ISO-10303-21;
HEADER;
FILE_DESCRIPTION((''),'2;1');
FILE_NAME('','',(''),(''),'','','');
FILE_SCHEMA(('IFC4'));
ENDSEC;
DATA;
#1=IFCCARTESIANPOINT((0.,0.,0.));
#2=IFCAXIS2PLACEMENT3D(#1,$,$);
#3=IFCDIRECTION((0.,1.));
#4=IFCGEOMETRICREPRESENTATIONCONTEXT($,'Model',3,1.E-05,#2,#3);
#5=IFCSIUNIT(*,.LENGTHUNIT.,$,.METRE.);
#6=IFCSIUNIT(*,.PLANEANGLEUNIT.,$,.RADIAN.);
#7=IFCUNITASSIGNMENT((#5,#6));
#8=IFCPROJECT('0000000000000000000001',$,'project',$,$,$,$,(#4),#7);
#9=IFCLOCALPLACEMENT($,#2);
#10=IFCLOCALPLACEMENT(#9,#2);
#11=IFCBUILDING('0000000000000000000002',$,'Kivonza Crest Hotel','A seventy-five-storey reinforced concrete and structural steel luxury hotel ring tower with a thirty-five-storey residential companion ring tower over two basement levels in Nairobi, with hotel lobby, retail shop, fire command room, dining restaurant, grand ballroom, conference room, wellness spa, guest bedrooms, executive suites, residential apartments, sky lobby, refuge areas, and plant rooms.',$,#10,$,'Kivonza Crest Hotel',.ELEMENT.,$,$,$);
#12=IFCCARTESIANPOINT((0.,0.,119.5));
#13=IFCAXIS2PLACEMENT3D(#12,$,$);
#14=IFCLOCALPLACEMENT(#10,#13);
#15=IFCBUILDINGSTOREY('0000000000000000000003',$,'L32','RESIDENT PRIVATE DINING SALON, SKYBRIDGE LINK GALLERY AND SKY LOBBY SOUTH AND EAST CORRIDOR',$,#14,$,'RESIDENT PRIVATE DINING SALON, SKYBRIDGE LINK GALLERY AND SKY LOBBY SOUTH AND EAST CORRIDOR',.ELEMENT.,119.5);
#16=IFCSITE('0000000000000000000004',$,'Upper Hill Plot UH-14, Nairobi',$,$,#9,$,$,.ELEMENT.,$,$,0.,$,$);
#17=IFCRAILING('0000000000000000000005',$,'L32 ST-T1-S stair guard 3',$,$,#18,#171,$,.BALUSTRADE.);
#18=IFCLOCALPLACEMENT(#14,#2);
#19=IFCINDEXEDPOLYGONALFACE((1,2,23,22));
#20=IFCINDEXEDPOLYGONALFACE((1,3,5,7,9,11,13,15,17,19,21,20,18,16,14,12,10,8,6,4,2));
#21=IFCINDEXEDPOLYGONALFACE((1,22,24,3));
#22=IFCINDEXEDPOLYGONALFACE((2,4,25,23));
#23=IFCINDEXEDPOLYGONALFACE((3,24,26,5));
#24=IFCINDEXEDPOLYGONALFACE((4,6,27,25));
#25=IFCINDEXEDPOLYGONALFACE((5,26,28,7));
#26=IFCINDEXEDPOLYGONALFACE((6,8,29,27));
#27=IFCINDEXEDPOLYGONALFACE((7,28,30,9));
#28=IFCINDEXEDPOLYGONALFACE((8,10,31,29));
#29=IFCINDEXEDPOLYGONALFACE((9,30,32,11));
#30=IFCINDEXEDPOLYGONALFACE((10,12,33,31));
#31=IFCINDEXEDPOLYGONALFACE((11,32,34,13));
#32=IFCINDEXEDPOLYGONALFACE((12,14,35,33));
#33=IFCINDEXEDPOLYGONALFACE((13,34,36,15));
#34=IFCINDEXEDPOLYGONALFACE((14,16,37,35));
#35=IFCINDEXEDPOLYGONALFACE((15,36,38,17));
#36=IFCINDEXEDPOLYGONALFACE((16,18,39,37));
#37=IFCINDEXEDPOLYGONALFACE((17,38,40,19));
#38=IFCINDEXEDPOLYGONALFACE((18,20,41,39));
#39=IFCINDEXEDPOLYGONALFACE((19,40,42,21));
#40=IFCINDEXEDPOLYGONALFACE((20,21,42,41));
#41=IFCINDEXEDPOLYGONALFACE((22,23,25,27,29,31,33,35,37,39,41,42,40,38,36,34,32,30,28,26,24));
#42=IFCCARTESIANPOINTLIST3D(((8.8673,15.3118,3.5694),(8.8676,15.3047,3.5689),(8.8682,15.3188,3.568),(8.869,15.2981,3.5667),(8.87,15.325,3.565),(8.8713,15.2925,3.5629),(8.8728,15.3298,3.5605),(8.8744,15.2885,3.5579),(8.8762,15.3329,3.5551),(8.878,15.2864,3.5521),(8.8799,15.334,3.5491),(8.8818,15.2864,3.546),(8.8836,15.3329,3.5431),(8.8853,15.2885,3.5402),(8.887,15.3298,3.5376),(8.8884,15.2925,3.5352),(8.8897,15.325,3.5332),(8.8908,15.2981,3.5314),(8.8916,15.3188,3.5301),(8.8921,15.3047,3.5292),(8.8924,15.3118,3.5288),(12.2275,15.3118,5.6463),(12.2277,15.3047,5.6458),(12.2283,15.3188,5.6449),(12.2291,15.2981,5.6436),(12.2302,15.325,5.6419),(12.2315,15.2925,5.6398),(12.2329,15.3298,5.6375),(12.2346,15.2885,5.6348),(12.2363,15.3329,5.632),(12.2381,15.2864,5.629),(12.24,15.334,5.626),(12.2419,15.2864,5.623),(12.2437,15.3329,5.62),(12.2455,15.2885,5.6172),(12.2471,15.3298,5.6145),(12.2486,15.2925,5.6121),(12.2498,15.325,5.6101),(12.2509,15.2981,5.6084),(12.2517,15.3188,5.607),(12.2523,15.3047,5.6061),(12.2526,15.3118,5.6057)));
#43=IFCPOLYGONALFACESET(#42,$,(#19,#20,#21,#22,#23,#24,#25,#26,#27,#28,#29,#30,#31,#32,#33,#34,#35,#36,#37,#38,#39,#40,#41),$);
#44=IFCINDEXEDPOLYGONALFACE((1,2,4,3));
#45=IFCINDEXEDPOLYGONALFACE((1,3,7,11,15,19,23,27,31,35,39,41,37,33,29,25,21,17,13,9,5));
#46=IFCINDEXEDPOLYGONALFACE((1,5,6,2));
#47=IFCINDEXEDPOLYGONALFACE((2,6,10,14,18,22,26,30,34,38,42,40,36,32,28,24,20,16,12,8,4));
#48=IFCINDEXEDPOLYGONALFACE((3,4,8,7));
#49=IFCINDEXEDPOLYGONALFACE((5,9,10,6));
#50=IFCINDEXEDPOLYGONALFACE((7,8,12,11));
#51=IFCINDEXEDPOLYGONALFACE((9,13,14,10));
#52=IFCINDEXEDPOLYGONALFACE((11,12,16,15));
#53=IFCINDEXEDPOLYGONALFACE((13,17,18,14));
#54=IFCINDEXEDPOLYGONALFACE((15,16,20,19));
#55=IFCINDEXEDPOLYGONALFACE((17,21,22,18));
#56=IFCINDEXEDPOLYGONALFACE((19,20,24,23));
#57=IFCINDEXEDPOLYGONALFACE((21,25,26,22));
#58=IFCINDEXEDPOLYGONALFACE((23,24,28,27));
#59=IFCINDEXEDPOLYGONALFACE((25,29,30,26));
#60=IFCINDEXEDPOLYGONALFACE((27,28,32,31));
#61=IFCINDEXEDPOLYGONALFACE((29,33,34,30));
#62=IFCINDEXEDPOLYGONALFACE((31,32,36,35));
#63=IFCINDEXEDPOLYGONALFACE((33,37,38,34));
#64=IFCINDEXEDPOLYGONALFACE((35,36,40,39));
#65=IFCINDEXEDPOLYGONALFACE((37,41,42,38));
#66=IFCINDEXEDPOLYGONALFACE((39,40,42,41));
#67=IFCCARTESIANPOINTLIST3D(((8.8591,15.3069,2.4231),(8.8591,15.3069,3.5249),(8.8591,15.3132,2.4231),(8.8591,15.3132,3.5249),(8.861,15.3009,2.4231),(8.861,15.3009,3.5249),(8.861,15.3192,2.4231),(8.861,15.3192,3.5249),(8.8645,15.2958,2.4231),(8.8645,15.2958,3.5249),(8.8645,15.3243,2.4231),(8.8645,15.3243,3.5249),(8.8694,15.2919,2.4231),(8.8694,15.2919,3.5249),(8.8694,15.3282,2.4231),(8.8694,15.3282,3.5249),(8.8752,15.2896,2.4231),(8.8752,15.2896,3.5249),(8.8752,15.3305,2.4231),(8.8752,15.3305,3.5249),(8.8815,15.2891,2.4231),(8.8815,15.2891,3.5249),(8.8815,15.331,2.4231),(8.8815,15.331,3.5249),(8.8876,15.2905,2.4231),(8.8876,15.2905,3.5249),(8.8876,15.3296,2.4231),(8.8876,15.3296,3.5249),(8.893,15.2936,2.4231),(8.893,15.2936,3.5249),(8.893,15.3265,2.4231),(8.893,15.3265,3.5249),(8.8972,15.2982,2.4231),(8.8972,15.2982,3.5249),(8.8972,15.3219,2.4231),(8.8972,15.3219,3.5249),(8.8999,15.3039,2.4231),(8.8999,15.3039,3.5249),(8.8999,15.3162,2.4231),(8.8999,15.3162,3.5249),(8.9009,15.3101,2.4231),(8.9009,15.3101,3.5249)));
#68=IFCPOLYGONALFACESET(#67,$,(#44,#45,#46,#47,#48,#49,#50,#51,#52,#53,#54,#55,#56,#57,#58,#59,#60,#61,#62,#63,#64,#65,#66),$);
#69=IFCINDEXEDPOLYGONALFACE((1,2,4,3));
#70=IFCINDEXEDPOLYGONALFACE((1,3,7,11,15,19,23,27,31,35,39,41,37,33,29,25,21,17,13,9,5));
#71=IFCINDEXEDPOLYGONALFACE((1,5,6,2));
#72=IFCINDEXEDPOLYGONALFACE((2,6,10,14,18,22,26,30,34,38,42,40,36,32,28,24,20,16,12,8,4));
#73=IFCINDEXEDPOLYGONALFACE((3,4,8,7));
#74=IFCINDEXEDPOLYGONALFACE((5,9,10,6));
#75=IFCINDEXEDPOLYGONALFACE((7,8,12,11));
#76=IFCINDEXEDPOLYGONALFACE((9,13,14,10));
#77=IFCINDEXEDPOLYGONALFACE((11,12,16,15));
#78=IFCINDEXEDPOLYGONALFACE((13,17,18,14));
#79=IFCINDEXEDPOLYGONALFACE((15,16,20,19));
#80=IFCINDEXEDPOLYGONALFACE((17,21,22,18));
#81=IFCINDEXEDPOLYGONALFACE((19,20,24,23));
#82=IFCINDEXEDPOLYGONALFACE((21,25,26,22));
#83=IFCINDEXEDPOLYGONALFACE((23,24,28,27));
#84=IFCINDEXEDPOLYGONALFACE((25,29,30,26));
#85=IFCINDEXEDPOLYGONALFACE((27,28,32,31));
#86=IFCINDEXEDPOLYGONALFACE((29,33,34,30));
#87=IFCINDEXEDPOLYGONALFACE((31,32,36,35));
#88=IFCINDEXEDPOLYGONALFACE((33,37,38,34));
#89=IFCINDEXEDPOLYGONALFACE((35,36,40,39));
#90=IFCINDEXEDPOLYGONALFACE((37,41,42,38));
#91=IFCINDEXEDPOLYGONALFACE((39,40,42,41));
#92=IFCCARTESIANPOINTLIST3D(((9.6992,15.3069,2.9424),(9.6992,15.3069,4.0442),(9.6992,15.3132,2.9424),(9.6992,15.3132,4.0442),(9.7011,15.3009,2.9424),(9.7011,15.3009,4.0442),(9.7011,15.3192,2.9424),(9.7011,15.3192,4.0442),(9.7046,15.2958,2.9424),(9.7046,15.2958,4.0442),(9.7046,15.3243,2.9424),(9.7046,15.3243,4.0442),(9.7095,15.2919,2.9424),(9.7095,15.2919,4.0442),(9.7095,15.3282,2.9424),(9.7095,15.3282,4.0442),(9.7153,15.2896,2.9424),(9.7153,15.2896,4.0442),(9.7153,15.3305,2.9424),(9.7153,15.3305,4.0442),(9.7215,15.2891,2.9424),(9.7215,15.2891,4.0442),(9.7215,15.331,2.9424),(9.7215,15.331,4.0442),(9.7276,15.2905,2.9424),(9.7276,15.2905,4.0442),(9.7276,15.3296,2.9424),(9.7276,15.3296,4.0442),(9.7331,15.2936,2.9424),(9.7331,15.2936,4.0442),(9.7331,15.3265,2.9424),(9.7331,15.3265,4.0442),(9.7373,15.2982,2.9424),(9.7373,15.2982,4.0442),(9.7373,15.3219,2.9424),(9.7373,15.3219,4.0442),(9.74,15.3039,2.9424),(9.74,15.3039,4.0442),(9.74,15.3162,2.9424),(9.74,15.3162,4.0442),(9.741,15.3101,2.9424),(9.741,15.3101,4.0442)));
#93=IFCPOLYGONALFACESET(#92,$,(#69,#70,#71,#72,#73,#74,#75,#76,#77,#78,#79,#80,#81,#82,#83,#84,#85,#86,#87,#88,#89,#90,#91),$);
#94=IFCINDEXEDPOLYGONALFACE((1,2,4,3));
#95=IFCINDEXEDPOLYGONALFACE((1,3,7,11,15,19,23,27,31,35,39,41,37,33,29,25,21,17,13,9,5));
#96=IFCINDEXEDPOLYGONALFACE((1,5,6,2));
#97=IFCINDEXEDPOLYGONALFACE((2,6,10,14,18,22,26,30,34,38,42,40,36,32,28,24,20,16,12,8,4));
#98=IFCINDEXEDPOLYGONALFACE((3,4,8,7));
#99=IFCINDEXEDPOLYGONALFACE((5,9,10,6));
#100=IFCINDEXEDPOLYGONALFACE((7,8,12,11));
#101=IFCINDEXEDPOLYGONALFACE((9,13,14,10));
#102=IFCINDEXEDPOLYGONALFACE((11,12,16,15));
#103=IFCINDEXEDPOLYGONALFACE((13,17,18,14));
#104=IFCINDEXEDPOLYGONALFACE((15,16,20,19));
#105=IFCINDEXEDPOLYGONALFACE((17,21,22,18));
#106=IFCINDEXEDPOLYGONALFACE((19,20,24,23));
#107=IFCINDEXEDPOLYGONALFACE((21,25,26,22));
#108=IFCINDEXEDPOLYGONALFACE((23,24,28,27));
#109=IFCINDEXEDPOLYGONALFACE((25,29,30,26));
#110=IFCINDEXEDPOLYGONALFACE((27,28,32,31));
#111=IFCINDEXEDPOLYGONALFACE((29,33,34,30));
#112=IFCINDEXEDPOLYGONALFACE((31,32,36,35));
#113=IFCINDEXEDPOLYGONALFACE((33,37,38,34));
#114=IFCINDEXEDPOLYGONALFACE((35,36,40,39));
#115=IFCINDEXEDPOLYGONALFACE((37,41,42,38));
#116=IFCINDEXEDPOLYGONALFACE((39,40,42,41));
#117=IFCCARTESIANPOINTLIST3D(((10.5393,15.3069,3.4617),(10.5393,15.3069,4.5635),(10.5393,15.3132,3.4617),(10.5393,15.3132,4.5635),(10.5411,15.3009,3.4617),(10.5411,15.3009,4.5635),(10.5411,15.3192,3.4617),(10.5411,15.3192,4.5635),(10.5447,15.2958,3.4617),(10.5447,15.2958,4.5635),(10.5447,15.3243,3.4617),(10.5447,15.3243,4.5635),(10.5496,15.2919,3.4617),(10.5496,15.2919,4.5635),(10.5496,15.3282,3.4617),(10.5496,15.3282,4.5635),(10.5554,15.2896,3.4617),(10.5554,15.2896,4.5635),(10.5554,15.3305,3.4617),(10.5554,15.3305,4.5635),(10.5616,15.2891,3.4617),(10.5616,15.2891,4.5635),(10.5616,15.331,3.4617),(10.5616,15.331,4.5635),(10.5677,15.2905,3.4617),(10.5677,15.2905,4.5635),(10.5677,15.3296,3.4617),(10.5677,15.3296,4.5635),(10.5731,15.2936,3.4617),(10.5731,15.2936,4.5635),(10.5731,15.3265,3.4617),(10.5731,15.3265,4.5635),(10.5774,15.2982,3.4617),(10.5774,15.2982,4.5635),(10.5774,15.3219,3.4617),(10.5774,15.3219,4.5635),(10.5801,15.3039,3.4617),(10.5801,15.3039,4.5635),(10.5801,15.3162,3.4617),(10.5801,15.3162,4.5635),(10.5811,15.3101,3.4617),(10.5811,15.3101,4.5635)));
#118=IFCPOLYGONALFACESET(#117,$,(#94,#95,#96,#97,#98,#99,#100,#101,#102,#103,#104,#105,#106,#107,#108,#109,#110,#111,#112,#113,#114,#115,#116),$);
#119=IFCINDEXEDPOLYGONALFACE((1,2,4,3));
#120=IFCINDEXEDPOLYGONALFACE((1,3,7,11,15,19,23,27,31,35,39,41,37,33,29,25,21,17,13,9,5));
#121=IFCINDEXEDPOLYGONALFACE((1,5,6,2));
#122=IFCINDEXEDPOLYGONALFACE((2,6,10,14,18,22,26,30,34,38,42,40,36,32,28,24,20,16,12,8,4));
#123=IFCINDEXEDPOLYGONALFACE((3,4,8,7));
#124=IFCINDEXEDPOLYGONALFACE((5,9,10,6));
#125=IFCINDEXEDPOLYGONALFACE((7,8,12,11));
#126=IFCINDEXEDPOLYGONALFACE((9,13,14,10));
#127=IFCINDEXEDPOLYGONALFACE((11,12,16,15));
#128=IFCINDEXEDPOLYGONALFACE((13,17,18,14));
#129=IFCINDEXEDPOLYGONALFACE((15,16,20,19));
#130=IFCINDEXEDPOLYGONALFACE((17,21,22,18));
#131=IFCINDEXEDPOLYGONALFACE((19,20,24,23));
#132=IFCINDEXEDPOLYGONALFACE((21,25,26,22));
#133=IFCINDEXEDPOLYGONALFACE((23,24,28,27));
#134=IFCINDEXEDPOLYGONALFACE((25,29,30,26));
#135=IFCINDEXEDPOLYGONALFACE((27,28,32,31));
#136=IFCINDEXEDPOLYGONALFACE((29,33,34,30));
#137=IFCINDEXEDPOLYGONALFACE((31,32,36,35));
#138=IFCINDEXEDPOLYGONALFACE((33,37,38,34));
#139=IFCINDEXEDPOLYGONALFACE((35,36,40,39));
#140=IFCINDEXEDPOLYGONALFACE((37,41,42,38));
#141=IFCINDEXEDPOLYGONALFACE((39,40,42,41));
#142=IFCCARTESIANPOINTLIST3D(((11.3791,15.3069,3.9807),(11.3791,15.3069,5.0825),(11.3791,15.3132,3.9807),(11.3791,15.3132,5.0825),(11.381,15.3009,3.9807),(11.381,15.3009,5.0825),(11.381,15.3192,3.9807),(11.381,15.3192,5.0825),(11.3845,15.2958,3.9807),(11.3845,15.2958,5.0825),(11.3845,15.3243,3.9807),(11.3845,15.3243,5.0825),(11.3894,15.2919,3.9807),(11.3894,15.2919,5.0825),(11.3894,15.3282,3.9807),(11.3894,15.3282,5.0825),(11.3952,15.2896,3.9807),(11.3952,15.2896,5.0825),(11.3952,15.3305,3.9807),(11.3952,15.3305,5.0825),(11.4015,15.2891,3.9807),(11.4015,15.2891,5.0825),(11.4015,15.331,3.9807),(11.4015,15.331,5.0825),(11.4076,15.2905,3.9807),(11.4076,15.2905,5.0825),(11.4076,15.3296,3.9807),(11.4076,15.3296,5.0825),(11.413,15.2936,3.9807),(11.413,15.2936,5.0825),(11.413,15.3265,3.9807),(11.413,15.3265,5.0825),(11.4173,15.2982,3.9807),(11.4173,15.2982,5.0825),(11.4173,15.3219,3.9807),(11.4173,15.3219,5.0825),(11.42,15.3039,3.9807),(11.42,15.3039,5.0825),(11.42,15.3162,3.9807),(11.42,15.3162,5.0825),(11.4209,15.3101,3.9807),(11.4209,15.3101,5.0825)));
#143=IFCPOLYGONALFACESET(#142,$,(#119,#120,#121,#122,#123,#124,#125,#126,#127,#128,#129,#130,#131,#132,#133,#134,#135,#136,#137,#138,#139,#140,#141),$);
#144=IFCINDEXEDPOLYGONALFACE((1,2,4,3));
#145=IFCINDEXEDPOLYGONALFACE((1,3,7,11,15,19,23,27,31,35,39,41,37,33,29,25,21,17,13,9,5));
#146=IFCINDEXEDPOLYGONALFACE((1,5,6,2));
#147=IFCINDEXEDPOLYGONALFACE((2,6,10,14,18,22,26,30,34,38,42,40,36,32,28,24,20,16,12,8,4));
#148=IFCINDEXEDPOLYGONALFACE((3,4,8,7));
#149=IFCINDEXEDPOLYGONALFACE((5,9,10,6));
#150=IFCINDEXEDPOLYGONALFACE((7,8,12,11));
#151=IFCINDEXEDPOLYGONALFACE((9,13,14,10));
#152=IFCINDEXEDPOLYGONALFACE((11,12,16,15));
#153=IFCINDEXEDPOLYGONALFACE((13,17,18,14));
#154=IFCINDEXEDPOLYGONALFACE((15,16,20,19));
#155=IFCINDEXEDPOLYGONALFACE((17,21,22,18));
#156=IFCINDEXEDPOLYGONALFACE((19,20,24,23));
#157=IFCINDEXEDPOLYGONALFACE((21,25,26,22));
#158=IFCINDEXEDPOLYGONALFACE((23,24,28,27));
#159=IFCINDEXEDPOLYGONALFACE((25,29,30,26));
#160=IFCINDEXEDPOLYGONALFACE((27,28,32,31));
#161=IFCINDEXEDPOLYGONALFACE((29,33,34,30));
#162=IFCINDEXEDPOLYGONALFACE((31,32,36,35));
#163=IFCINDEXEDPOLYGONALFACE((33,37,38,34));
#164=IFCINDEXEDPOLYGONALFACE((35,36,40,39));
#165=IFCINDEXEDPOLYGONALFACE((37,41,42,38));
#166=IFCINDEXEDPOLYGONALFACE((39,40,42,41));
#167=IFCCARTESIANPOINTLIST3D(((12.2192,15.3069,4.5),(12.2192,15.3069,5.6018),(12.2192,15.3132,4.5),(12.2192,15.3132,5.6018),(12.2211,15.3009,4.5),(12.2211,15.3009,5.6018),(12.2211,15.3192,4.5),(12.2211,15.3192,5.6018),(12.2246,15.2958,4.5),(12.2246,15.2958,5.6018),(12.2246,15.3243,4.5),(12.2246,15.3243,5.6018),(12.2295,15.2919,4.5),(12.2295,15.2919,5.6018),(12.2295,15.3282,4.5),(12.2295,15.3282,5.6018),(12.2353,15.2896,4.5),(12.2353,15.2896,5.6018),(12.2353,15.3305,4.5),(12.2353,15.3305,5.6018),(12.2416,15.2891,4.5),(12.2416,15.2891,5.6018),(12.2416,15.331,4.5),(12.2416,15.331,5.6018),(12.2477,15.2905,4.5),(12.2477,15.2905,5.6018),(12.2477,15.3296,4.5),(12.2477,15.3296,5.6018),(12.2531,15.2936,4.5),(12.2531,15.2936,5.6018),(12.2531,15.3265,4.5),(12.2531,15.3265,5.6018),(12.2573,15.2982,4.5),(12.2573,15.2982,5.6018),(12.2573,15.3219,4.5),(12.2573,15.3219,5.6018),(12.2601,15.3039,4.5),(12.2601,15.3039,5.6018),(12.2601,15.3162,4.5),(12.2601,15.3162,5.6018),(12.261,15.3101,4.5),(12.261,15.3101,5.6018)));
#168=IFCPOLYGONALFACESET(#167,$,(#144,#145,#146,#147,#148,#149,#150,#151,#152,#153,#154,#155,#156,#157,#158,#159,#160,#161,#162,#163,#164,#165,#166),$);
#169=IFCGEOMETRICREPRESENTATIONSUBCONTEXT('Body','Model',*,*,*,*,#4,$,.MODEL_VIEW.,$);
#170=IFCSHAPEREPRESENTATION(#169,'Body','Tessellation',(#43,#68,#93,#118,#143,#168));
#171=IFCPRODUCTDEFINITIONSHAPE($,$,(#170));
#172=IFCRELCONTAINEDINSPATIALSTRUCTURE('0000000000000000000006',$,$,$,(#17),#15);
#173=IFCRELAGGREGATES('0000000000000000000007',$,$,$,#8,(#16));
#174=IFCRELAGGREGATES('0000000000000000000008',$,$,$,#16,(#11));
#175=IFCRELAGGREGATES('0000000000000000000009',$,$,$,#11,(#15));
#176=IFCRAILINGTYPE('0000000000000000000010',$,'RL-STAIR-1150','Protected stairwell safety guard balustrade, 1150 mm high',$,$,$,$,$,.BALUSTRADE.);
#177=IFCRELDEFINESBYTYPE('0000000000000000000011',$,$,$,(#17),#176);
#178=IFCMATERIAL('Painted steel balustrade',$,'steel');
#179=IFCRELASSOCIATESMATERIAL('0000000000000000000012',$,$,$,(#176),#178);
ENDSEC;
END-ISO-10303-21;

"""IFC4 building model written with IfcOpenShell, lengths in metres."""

from ifc_helpers import new_model, si_unit, direction, frame, origin, origin_2d, place, context, subcontext, project, spatial, circle, extrude, material, type_object, element, save


model = new_model("IFC4")

# Units and contexts
model_context = context("Model", 3, precision=1e-05, world=origin(), true_north=direction((0.0, 1.0)))
body_context = subcontext(model_context, "Body", "Model", "MODEL_VIEW")
ifc_project = project(units=[si_unit("LENGTHUNIT", "METRE"), si_unit("PLANEANGLEUNIT", "RADIAN")], contexts=[model_context])

# Site, building, storey
site_placement = place(None, origin())
site = spatial("IfcSite", under=ifc_project, at=site_placement, Name="Upper Hill Plot UH-14, Nairobi", CompositionType="ELEMENT", RefElevation=0.0)
building_placement = place(site_placement, origin())
building = spatial("IfcBuilding", under=site, at=building_placement, Name="Kivonza Crest Hotel", Description="A seventy-five-storey reinforced concrete and structural steel luxury hotel ring tower with a thirty-five-storey residential companion ring tower over two basement levels in Nairobi, with hotel lobby, retail shop, fire command room, dining restaurant, grand ballroom, conference room, wellness spa, guest bedrooms, executive suites, residential apartments, sky lobby, refuge areas, and plant rooms.", LongName="Kivonza Crest Hotel", CompositionType="ELEMENT")
storey_placement = place(building_placement, frame((0.0, 0.0, 119.5)))
storey = spatial("IfcBuildingStorey", under=building, at=storey_placement, Name="L32", Description="RESIDENT PRIVATE DINING SALON, SKYBRIDGE LINK GALLERY AND SKY LOBBY SOUTH AND EAST CORRIDOR", LongName="RESIDENT PRIVATE DINING SALON, SKYBRIDGE LINK GALLERY AND SKY LOBBY SOUTH AND EAST CORRIDOR", CompositionType="ELEMENT", Elevation=119.5)

# Railing
ifc_material_1 = material(Name="Painted steel balustrade", Category="steel")
railing_type_1 = type_object("IfcRailingType", Name="RL-STAIR-1150", Description="Protected stairwell safety guard balustrade, 1150 mm high", PredefinedType="BALUSTRADE", material=ifc_material_1)
railing_1_placement = place(storey_placement, frame((8.8799, 15.3101, 2.4231)))
element("IfcRailing", 1, at=railing_1_placement, inside=storey, type_object=railing_type_1, Name="L32 ST-T1-S stair guard 3", PredefinedType="BALUSTRADE", context=body_context, shape_type="SweptSolid", body=[
    extrude(circle(Radius=0.0239, at=origin_2d()), frame((0.0, 0.0, 1.126), z_axis=(0.850623, 0.0, 0.525776), x_axis=(0.0, 1.0, 0.0)), (0.0, 0.0, 1.0), 3.9502),
    extrude(circle(Radius=0.021, at=origin_2d()), origin(), (0.0, 0.0, 1.0), 1.1018),
    extrude(circle(Radius=0.021, at=origin_2d()), frame((0.8401, 0.0, 0.5193)), (0.0, 0.0, 1.0), 1.1018),
    extrude(circle(Radius=0.021, at=origin_2d()), frame((1.6802, 0.0, 1.0386)), (0.0, 0.0, 1.0), 1.1018),
    extrude(circle(Radius=0.021, at=origin_2d()), frame((2.52, 0.0, 1.5576)), (0.0, 0.0, 1.0), 1.1018),
    extrude(circle(Radius=0.021, at=origin_2d()), frame((3.3601, 0.0, 2.0769)), (0.0, 0.0, 1.0), 1.1018),
])

save(model, "model.ifc")
